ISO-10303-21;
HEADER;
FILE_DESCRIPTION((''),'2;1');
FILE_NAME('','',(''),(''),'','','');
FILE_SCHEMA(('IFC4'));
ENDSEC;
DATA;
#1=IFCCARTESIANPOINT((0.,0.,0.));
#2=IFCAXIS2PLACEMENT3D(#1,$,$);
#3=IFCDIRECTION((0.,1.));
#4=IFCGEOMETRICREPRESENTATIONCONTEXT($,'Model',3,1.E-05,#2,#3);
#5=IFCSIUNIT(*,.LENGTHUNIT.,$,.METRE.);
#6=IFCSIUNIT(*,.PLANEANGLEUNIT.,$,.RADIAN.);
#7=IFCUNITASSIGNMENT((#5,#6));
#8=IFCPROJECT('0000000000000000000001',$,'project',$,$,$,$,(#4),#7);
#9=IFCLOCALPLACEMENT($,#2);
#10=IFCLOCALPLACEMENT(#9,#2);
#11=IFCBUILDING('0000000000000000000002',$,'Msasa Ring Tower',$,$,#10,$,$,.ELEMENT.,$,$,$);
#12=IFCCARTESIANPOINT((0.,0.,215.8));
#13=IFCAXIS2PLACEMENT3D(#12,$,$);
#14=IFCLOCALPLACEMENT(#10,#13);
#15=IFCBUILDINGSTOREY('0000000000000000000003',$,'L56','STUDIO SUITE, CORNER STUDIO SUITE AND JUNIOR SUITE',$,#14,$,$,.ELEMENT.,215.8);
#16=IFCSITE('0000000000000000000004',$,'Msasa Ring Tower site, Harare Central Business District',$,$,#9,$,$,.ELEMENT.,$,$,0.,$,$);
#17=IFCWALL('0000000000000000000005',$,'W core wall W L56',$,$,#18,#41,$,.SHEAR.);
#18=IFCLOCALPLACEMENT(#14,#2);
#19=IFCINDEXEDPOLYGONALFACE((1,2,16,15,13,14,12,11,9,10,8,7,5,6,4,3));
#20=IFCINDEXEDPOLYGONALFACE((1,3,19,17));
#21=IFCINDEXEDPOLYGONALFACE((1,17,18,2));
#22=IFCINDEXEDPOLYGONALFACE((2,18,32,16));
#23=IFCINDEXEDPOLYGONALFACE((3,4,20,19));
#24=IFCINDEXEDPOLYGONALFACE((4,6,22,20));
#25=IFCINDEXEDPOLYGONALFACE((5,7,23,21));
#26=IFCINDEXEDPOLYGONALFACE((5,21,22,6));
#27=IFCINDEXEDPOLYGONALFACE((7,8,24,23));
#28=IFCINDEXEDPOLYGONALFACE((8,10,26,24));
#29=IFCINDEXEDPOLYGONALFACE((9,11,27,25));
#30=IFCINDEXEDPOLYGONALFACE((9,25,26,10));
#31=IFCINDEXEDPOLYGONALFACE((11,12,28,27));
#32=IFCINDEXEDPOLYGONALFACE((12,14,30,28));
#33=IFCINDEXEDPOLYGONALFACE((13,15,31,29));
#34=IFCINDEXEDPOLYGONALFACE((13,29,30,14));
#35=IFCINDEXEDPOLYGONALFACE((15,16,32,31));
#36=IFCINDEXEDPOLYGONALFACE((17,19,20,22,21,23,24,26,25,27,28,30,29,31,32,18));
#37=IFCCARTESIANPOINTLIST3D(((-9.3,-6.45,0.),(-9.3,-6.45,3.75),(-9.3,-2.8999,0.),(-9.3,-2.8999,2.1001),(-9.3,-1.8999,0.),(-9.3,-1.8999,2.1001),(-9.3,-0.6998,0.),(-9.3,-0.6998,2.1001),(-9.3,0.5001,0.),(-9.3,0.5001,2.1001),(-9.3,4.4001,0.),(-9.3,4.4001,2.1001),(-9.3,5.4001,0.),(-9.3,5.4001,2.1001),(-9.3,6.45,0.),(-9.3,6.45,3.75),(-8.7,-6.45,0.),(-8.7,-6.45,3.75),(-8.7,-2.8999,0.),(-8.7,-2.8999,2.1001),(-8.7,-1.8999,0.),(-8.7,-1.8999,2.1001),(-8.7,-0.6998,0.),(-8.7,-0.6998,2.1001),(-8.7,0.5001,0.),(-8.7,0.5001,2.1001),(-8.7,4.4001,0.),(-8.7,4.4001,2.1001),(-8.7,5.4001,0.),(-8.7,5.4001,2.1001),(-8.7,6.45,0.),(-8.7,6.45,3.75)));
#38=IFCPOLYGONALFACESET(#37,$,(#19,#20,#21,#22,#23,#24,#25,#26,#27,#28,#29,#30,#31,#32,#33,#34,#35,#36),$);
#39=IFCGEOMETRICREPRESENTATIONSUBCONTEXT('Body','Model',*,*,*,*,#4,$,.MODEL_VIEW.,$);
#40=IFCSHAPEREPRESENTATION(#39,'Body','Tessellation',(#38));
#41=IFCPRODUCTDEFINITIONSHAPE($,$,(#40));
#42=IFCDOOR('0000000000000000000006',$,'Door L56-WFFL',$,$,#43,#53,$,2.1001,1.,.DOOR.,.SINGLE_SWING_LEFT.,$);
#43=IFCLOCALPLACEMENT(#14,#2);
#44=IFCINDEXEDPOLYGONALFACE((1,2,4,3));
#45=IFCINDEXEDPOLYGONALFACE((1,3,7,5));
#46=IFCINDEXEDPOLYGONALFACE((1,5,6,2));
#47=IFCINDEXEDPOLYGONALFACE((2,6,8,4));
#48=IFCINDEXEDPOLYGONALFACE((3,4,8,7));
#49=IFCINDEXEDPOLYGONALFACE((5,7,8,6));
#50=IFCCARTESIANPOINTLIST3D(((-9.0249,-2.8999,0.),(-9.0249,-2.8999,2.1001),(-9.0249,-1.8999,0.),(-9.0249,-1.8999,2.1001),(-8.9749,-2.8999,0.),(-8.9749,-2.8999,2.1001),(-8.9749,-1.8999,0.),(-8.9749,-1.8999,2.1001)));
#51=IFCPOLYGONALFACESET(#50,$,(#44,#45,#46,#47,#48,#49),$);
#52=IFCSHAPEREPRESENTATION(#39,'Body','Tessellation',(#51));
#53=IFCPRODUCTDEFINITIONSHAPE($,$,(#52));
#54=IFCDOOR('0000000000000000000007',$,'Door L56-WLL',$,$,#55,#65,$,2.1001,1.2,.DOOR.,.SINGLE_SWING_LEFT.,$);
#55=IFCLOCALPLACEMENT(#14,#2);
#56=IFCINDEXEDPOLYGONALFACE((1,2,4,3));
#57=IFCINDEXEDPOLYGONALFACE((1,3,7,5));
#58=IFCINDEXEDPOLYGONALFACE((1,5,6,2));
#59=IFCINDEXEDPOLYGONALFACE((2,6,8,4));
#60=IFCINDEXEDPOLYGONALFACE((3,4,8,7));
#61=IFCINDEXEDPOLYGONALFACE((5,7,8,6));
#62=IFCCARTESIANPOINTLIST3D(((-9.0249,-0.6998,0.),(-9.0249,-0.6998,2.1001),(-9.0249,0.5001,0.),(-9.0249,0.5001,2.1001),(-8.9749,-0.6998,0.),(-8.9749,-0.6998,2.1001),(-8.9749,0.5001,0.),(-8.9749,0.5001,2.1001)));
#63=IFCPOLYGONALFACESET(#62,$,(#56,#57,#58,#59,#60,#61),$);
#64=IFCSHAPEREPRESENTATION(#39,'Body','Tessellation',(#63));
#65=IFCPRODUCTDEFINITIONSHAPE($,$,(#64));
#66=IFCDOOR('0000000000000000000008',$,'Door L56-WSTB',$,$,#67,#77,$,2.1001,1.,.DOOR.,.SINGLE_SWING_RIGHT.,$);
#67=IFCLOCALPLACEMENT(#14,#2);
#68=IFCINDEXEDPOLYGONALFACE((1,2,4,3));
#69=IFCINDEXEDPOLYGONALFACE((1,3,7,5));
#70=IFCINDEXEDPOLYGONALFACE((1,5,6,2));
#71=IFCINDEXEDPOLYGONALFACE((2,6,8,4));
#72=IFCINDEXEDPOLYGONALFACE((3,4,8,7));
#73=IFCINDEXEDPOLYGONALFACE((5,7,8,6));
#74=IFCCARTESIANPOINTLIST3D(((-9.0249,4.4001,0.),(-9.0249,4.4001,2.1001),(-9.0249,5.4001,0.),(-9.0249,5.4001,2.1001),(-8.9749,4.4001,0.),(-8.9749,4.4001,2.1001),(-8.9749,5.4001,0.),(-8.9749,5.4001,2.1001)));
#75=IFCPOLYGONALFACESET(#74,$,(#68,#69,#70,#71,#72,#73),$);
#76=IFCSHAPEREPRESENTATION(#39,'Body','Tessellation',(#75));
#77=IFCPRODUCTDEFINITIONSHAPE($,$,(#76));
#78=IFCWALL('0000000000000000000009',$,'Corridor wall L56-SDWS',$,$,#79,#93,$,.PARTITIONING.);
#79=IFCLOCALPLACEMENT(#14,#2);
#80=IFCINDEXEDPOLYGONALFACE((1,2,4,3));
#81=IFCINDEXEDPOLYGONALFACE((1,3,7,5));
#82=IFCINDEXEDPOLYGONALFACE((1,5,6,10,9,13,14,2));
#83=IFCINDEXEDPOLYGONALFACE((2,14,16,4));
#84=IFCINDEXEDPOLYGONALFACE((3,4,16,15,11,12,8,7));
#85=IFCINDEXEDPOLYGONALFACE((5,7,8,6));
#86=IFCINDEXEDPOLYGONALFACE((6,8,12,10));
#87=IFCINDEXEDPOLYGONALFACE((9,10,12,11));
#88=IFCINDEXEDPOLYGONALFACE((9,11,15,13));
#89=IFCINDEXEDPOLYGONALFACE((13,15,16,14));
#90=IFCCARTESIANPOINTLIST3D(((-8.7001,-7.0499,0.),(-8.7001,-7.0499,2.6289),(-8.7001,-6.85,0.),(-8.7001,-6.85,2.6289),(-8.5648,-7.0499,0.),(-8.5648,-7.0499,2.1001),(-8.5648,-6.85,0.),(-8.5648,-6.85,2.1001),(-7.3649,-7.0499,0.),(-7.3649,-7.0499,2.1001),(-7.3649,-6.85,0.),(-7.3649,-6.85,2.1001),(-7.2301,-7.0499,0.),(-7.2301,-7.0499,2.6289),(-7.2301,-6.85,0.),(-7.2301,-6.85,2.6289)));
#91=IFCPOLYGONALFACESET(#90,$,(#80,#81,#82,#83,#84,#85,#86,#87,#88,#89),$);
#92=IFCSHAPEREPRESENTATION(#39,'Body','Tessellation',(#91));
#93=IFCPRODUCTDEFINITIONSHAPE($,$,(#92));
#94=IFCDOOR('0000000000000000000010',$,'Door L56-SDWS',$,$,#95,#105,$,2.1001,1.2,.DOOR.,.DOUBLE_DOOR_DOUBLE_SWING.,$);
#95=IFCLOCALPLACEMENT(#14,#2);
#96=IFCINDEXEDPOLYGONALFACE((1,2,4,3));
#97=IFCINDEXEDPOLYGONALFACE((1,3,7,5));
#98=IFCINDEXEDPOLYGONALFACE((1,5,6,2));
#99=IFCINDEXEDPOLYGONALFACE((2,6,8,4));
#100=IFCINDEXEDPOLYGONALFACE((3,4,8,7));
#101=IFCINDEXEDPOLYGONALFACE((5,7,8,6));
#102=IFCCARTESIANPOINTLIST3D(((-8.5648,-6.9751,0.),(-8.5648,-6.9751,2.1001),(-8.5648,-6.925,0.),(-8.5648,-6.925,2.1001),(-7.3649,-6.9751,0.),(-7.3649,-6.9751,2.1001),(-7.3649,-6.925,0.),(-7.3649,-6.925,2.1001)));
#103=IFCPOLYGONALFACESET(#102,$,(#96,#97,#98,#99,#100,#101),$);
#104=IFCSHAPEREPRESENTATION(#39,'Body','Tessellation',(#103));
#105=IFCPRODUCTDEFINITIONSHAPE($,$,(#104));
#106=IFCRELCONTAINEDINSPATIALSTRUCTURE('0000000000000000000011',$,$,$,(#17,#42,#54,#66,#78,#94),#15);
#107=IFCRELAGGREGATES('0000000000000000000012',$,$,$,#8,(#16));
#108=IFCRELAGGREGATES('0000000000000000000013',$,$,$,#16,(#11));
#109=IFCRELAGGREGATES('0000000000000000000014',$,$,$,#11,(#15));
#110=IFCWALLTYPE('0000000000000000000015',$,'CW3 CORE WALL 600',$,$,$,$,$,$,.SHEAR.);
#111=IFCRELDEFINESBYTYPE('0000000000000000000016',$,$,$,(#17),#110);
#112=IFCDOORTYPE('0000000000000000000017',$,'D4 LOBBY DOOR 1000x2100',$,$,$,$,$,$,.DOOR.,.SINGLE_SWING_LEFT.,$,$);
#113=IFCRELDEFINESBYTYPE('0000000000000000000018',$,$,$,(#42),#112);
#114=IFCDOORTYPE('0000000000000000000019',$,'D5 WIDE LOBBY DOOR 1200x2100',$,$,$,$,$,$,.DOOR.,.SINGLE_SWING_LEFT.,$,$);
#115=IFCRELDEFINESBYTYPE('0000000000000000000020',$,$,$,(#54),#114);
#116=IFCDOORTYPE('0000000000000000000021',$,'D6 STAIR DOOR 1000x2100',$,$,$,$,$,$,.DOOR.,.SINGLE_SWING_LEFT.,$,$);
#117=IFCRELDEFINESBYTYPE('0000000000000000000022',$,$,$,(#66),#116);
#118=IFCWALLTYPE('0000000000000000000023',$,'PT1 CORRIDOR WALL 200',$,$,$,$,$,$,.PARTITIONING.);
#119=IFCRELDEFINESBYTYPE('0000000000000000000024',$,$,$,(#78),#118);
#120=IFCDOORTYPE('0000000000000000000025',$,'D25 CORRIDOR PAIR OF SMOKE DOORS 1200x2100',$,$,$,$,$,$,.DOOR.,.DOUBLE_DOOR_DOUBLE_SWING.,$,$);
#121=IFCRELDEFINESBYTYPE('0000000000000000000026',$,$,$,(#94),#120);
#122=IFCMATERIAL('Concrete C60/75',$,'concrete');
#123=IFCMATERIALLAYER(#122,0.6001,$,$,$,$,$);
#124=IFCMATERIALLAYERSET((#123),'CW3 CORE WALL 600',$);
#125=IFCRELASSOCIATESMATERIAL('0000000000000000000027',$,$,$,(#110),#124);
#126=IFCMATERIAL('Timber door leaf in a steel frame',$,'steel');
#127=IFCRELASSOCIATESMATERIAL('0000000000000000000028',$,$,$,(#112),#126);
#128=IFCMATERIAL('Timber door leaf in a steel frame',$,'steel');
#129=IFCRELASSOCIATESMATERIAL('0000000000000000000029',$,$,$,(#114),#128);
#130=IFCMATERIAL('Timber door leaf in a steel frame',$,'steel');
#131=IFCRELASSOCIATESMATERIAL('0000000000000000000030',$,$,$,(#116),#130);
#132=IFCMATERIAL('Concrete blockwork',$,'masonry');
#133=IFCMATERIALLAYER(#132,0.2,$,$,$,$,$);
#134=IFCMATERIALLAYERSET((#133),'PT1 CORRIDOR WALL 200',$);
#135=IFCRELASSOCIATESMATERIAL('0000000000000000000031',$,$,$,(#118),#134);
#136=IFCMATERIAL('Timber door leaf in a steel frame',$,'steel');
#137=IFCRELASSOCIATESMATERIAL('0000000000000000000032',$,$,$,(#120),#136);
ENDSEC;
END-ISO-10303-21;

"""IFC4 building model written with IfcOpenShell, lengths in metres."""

from ifc_helpers import new_model, si_unit, direction, frame, frame_2d, origin, place, context, subcontext, project, spatial, rectangle, extrude, material, layer, layer_set, type_object, element, fill, save


model = new_model("IFC4")

# Units and contexts
model_context = context("Model", 3, precision=1e-05, world=origin(), true_north=direction((0.0, 1.0)))
body_context = subcontext(model_context, "Body", "Model", "MODEL_VIEW")
ifc_project = project(units=[si_unit("LENGTHUNIT", "METRE"), si_unit("PLANEANGLEUNIT", "RADIAN")], contexts=[model_context])

# Site, building, storey
site_placement = place(None, origin())
site = spatial("IfcSite", under=ifc_project, at=site_placement, Name="Msasa Ring Tower site, Harare Central Business District", CompositionType="ELEMENT", RefElevation=0.0)
building_placement = place(site_placement, origin())
building = spatial("IfcBuilding", under=site, at=building_placement, Name="Msasa Ring Tower", CompositionType="ELEMENT")
storey_placement = place(building_placement, frame((0.0, 0.0, 215.8)))
storey = spatial("IfcBuildingStorey", under=building, at=storey_placement, Name="L56", Description="STUDIO SUITE, CORNER STUDIO SUITE AND JUNIOR SUITE", CompositionType="ELEMENT", Elevation=215.8)

# Shared definitions
ifc_material_1 = material(Name="Concrete C60/75", Category="concrete")
ifc_layer_1 = layer(ifc_material_1, 0.6001)
ifc_layer_set_1 = layer_set([ifc_layer_1], Name="CW3 CORE WALL 600")
wall_type_1 = type_object("IfcWallType", Name="CW3 CORE WALL 600", PredefinedType="SHEAR", material=ifc_layer_set_1)

# Wall, openings, doors
wall_1_placement = place(storey_placement, frame((-9.0, -6.45, 0.0), z_axis=(0.0, 0.0, 1.0), x_axis=(0.0, 1.0, 0.0)))
wall_1 = element("IfcWall", 1, at=wall_1_placement, inside=storey, type_object=wall_type_1, Name="W core wall W L56", PredefinedType="SHEAR", context=body_context, shape_type="SweptSolid", body=[
    extrude(rectangle(XDim=12.8999, YDim=0.6001, at=frame_2d((6.45, 0.0))), origin(), (0.0, 0.0, 1.0), 3.75),
])
opening_1_placement = place(wall_1_placement, frame((3.55, 0.0, 0.0)))
opening_1 = element("IfcOpeningElement", 2, at=opening_1_placement, cuts=wall_1, PredefinedType="OPENING", context=body_context, shape_type="SweptSolid", body=[
    extrude(rectangle(XDim=1.0, YDim=2.1001, at=frame_2d((0.5, 1.05))), frame((0.0, 0.3101, 0.0), z_axis=(0.0, -1.0, 0.0), x_axis=(1.0, 0.0, 0.0)), (0.0, 0.0, 1.0), 0.6201),
])
opening_2_placement = place(wall_1_placement, frame((5.75, 0.0, 0.0)))
opening_2 = element("IfcOpeningElement", 3, at=opening_2_placement, cuts=wall_1, PredefinedType="OPENING", context=body_context, shape_type="SweptSolid", body=[
    extrude(rectangle(XDim=1.2, YDim=2.1001, at=frame_2d((0.6001, 1.05))), frame((0.0, 0.3101, 0.0), z_axis=(0.0, -1.0, 0.0), x_axis=(1.0, 0.0, 0.0)), (0.0, 0.0, 1.0), 0.6201),
])
opening_3_placement = place(wall_1_placement, frame((10.8501, 0.0, 0.0)))
opening_3 = element("IfcOpeningElement", 4, at=opening_3_placement, cuts=wall_1, PredefinedType="OPENING", context=body_context, shape_type="SweptSolid", body=[
    extrude(rectangle(XDim=1.0, YDim=2.1001, at=frame_2d((0.5, 1.05))), frame((0.0, 0.3101, 0.0), z_axis=(0.0, -1.0, 0.0), x_axis=(1.0, 0.0, 0.0)), (0.0, 0.0, 1.0), 0.6201),
])
ifc_material_2 = material(Name="Timber door leaf in a steel frame", Category="steel")
door_type_1 = type_object("IfcDoorType", Name="D4 LOBBY DOOR 1000x2100", OperationType="SINGLE_SWING_LEFT", PredefinedType="DOOR", material=ifc_material_2)
door_1_placement = place(opening_1_placement, origin())
door_1 = element("IfcDoor", 5, at=door_1_placement, inside=storey, type_object=door_type_1, Name="Door L56-WFFL", OperationType="SINGLE_SWING_LEFT", OverallHeight=2.1001, OverallWidth=1.0, PredefinedType="DOOR", context=body_context, shape_type="SweptSolid", body=[
    extrude(rectangle(XDim=1.0, YDim=2.1001, at=frame_2d((0.5, 1.05))), frame((0.0, 0.0249, 0.0), z_axis=(0.0, -1.0, 0.0), x_axis=(1.0, 0.0, 0.0)), (0.0, 0.0, 1.0), 0.05),
])
fill(opening_1, door_1)
ifc_material_3 = material(Name="Timber door leaf in a steel frame", Category="steel")
door_type_2 = type_object("IfcDoorType", Name="D5 WIDE LOBBY DOOR 1200x2100", OperationType="SINGLE_SWING_LEFT", PredefinedType="DOOR", material=ifc_material_3)
door_2_placement = place(opening_2_placement, origin())
door_2 = element("IfcDoor", 6, at=door_2_placement, inside=storey, type_object=door_type_2, Name="Door L56-WLL", OperationType="SINGLE_SWING_LEFT", OverallHeight=2.1001, OverallWidth=1.2, PredefinedType="DOOR", context=body_context, shape_type="SweptSolid", body=[
    extrude(rectangle(XDim=1.2, YDim=2.1001, at=frame_2d((0.6001, 1.05))), frame((0.0, 0.0249, 0.0), z_axis=(0.0, -1.0, 0.0), x_axis=(1.0, 0.0, 0.0)), (0.0, 0.0, 1.0), 0.05),
])
fill(opening_2, door_2)
ifc_material_4 = material(Name="Timber door leaf in a steel frame", Category="steel")
door_type_3 = type_object("IfcDoorType", Name="D6 STAIR DOOR 1000x2100", OperationType="SINGLE_SWING_LEFT", PredefinedType="DOOR", material=ifc_material_4)
door_3_placement = place(opening_3_placement, origin())
door_3 = element("IfcDoor", 7, at=door_3_placement, inside=storey, type_object=door_type_3, Name="Door L56-WSTB", OperationType="SINGLE_SWING_RIGHT", OverallHeight=2.1001, OverallWidth=1.0, PredefinedType="DOOR", context=body_context, shape_type="SweptSolid", body=[
    extrude(rectangle(XDim=1.0, YDim=2.1001, at=frame_2d((0.5, 1.05))), frame((0.0, 0.0249, 0.0), z_axis=(0.0, -1.0, 0.0), x_axis=(1.0, 0.0, 0.0)), (0.0, 0.0, 1.0), 0.05),
])
fill(opening_3, door_3)

# Wall, opening, door
ifc_material_5 = material(Name="Concrete blockwork", Category="masonry")
ifc_layer_2 = layer(ifc_material_5, 0.2)
ifc_layer_set_2 = layer_set([ifc_layer_2], Name="PT1 CORRIDOR WALL 200")
wall_type_2 = type_object("IfcWallType", Name="PT1 CORRIDOR WALL 200", PredefinedType="PARTITIONING", material=ifc_layer_set_2)
wall_2_placement = place(storey_placement, frame((-8.7, -6.95, 0.0), z_axis=(0.0, 0.0, 1.0), x_axis=(1.0, 0.0, 0.0)))
wall_2 = element("IfcWall", 8, at=wall_2_placement, inside=storey, type_object=wall_type_2, Name="Corridor wall L56-SDWS", PredefinedType="PARTITIONING", context=body_context, shape_type="SweptSolid", body=[
    extrude(rectangle(XDim=1.47, YDim=0.2, at=frame_2d((0.7349, 0.0))), origin(), (0.0, 0.0, 1.0), 2.6289),
])
opening_4_placement = place(wall_2_placement, frame((0.135, 0.0, 0.0)))
opening_4 = element("IfcOpeningElement", 9, at=opening_4_placement, cuts=wall_2, PredefinedType="OPENING", context=body_context, shape_type="SweptSolid", body=[
    extrude(rectangle(XDim=1.2, YDim=2.1001, at=frame_2d((0.6001, 1.05))), frame((0.0, 0.1099, 0.0), z_axis=(0.0, -1.0, 0.0), x_axis=(1.0, 0.0, 0.0)), (0.0, 0.0, 1.0), 0.22),
])
ifc_material_6 = material(Name="Timber door leaf in a steel frame", Category="steel")
door_type_4 = type_object("IfcDoorType", Name="D25 CORRIDOR PAIR OF SMOKE DOORS 1200x2100", OperationType="DOUBLE_DOOR_DOUBLE_SWING", PredefinedType="DOOR", material=ifc_material_6)
door_4_placement = place(opening_4_placement, origin())
door_4 = element("IfcDoor", 10, at=door_4_placement, inside=storey, type_object=door_type_4, Name="Door L56-SDWS", OperationType="DOUBLE_DOOR_DOUBLE_SWING", OverallHeight=2.1001, OverallWidth=1.2, PredefinedType="DOOR", context=body_context, shape_type="SweptSolid", body=[
    extrude(rectangle(XDim=1.2, YDim=2.1001, at=frame_2d((0.6001, 1.05))), frame((0.0, 0.0249, 0.0), z_axis=(0.0, -1.0, 0.0), x_axis=(1.0, 0.0, 0.0)), (0.0, 0.0, 1.0), 0.05),
])
fill(opening_4, door_4)

save(model, "model.ifc")
